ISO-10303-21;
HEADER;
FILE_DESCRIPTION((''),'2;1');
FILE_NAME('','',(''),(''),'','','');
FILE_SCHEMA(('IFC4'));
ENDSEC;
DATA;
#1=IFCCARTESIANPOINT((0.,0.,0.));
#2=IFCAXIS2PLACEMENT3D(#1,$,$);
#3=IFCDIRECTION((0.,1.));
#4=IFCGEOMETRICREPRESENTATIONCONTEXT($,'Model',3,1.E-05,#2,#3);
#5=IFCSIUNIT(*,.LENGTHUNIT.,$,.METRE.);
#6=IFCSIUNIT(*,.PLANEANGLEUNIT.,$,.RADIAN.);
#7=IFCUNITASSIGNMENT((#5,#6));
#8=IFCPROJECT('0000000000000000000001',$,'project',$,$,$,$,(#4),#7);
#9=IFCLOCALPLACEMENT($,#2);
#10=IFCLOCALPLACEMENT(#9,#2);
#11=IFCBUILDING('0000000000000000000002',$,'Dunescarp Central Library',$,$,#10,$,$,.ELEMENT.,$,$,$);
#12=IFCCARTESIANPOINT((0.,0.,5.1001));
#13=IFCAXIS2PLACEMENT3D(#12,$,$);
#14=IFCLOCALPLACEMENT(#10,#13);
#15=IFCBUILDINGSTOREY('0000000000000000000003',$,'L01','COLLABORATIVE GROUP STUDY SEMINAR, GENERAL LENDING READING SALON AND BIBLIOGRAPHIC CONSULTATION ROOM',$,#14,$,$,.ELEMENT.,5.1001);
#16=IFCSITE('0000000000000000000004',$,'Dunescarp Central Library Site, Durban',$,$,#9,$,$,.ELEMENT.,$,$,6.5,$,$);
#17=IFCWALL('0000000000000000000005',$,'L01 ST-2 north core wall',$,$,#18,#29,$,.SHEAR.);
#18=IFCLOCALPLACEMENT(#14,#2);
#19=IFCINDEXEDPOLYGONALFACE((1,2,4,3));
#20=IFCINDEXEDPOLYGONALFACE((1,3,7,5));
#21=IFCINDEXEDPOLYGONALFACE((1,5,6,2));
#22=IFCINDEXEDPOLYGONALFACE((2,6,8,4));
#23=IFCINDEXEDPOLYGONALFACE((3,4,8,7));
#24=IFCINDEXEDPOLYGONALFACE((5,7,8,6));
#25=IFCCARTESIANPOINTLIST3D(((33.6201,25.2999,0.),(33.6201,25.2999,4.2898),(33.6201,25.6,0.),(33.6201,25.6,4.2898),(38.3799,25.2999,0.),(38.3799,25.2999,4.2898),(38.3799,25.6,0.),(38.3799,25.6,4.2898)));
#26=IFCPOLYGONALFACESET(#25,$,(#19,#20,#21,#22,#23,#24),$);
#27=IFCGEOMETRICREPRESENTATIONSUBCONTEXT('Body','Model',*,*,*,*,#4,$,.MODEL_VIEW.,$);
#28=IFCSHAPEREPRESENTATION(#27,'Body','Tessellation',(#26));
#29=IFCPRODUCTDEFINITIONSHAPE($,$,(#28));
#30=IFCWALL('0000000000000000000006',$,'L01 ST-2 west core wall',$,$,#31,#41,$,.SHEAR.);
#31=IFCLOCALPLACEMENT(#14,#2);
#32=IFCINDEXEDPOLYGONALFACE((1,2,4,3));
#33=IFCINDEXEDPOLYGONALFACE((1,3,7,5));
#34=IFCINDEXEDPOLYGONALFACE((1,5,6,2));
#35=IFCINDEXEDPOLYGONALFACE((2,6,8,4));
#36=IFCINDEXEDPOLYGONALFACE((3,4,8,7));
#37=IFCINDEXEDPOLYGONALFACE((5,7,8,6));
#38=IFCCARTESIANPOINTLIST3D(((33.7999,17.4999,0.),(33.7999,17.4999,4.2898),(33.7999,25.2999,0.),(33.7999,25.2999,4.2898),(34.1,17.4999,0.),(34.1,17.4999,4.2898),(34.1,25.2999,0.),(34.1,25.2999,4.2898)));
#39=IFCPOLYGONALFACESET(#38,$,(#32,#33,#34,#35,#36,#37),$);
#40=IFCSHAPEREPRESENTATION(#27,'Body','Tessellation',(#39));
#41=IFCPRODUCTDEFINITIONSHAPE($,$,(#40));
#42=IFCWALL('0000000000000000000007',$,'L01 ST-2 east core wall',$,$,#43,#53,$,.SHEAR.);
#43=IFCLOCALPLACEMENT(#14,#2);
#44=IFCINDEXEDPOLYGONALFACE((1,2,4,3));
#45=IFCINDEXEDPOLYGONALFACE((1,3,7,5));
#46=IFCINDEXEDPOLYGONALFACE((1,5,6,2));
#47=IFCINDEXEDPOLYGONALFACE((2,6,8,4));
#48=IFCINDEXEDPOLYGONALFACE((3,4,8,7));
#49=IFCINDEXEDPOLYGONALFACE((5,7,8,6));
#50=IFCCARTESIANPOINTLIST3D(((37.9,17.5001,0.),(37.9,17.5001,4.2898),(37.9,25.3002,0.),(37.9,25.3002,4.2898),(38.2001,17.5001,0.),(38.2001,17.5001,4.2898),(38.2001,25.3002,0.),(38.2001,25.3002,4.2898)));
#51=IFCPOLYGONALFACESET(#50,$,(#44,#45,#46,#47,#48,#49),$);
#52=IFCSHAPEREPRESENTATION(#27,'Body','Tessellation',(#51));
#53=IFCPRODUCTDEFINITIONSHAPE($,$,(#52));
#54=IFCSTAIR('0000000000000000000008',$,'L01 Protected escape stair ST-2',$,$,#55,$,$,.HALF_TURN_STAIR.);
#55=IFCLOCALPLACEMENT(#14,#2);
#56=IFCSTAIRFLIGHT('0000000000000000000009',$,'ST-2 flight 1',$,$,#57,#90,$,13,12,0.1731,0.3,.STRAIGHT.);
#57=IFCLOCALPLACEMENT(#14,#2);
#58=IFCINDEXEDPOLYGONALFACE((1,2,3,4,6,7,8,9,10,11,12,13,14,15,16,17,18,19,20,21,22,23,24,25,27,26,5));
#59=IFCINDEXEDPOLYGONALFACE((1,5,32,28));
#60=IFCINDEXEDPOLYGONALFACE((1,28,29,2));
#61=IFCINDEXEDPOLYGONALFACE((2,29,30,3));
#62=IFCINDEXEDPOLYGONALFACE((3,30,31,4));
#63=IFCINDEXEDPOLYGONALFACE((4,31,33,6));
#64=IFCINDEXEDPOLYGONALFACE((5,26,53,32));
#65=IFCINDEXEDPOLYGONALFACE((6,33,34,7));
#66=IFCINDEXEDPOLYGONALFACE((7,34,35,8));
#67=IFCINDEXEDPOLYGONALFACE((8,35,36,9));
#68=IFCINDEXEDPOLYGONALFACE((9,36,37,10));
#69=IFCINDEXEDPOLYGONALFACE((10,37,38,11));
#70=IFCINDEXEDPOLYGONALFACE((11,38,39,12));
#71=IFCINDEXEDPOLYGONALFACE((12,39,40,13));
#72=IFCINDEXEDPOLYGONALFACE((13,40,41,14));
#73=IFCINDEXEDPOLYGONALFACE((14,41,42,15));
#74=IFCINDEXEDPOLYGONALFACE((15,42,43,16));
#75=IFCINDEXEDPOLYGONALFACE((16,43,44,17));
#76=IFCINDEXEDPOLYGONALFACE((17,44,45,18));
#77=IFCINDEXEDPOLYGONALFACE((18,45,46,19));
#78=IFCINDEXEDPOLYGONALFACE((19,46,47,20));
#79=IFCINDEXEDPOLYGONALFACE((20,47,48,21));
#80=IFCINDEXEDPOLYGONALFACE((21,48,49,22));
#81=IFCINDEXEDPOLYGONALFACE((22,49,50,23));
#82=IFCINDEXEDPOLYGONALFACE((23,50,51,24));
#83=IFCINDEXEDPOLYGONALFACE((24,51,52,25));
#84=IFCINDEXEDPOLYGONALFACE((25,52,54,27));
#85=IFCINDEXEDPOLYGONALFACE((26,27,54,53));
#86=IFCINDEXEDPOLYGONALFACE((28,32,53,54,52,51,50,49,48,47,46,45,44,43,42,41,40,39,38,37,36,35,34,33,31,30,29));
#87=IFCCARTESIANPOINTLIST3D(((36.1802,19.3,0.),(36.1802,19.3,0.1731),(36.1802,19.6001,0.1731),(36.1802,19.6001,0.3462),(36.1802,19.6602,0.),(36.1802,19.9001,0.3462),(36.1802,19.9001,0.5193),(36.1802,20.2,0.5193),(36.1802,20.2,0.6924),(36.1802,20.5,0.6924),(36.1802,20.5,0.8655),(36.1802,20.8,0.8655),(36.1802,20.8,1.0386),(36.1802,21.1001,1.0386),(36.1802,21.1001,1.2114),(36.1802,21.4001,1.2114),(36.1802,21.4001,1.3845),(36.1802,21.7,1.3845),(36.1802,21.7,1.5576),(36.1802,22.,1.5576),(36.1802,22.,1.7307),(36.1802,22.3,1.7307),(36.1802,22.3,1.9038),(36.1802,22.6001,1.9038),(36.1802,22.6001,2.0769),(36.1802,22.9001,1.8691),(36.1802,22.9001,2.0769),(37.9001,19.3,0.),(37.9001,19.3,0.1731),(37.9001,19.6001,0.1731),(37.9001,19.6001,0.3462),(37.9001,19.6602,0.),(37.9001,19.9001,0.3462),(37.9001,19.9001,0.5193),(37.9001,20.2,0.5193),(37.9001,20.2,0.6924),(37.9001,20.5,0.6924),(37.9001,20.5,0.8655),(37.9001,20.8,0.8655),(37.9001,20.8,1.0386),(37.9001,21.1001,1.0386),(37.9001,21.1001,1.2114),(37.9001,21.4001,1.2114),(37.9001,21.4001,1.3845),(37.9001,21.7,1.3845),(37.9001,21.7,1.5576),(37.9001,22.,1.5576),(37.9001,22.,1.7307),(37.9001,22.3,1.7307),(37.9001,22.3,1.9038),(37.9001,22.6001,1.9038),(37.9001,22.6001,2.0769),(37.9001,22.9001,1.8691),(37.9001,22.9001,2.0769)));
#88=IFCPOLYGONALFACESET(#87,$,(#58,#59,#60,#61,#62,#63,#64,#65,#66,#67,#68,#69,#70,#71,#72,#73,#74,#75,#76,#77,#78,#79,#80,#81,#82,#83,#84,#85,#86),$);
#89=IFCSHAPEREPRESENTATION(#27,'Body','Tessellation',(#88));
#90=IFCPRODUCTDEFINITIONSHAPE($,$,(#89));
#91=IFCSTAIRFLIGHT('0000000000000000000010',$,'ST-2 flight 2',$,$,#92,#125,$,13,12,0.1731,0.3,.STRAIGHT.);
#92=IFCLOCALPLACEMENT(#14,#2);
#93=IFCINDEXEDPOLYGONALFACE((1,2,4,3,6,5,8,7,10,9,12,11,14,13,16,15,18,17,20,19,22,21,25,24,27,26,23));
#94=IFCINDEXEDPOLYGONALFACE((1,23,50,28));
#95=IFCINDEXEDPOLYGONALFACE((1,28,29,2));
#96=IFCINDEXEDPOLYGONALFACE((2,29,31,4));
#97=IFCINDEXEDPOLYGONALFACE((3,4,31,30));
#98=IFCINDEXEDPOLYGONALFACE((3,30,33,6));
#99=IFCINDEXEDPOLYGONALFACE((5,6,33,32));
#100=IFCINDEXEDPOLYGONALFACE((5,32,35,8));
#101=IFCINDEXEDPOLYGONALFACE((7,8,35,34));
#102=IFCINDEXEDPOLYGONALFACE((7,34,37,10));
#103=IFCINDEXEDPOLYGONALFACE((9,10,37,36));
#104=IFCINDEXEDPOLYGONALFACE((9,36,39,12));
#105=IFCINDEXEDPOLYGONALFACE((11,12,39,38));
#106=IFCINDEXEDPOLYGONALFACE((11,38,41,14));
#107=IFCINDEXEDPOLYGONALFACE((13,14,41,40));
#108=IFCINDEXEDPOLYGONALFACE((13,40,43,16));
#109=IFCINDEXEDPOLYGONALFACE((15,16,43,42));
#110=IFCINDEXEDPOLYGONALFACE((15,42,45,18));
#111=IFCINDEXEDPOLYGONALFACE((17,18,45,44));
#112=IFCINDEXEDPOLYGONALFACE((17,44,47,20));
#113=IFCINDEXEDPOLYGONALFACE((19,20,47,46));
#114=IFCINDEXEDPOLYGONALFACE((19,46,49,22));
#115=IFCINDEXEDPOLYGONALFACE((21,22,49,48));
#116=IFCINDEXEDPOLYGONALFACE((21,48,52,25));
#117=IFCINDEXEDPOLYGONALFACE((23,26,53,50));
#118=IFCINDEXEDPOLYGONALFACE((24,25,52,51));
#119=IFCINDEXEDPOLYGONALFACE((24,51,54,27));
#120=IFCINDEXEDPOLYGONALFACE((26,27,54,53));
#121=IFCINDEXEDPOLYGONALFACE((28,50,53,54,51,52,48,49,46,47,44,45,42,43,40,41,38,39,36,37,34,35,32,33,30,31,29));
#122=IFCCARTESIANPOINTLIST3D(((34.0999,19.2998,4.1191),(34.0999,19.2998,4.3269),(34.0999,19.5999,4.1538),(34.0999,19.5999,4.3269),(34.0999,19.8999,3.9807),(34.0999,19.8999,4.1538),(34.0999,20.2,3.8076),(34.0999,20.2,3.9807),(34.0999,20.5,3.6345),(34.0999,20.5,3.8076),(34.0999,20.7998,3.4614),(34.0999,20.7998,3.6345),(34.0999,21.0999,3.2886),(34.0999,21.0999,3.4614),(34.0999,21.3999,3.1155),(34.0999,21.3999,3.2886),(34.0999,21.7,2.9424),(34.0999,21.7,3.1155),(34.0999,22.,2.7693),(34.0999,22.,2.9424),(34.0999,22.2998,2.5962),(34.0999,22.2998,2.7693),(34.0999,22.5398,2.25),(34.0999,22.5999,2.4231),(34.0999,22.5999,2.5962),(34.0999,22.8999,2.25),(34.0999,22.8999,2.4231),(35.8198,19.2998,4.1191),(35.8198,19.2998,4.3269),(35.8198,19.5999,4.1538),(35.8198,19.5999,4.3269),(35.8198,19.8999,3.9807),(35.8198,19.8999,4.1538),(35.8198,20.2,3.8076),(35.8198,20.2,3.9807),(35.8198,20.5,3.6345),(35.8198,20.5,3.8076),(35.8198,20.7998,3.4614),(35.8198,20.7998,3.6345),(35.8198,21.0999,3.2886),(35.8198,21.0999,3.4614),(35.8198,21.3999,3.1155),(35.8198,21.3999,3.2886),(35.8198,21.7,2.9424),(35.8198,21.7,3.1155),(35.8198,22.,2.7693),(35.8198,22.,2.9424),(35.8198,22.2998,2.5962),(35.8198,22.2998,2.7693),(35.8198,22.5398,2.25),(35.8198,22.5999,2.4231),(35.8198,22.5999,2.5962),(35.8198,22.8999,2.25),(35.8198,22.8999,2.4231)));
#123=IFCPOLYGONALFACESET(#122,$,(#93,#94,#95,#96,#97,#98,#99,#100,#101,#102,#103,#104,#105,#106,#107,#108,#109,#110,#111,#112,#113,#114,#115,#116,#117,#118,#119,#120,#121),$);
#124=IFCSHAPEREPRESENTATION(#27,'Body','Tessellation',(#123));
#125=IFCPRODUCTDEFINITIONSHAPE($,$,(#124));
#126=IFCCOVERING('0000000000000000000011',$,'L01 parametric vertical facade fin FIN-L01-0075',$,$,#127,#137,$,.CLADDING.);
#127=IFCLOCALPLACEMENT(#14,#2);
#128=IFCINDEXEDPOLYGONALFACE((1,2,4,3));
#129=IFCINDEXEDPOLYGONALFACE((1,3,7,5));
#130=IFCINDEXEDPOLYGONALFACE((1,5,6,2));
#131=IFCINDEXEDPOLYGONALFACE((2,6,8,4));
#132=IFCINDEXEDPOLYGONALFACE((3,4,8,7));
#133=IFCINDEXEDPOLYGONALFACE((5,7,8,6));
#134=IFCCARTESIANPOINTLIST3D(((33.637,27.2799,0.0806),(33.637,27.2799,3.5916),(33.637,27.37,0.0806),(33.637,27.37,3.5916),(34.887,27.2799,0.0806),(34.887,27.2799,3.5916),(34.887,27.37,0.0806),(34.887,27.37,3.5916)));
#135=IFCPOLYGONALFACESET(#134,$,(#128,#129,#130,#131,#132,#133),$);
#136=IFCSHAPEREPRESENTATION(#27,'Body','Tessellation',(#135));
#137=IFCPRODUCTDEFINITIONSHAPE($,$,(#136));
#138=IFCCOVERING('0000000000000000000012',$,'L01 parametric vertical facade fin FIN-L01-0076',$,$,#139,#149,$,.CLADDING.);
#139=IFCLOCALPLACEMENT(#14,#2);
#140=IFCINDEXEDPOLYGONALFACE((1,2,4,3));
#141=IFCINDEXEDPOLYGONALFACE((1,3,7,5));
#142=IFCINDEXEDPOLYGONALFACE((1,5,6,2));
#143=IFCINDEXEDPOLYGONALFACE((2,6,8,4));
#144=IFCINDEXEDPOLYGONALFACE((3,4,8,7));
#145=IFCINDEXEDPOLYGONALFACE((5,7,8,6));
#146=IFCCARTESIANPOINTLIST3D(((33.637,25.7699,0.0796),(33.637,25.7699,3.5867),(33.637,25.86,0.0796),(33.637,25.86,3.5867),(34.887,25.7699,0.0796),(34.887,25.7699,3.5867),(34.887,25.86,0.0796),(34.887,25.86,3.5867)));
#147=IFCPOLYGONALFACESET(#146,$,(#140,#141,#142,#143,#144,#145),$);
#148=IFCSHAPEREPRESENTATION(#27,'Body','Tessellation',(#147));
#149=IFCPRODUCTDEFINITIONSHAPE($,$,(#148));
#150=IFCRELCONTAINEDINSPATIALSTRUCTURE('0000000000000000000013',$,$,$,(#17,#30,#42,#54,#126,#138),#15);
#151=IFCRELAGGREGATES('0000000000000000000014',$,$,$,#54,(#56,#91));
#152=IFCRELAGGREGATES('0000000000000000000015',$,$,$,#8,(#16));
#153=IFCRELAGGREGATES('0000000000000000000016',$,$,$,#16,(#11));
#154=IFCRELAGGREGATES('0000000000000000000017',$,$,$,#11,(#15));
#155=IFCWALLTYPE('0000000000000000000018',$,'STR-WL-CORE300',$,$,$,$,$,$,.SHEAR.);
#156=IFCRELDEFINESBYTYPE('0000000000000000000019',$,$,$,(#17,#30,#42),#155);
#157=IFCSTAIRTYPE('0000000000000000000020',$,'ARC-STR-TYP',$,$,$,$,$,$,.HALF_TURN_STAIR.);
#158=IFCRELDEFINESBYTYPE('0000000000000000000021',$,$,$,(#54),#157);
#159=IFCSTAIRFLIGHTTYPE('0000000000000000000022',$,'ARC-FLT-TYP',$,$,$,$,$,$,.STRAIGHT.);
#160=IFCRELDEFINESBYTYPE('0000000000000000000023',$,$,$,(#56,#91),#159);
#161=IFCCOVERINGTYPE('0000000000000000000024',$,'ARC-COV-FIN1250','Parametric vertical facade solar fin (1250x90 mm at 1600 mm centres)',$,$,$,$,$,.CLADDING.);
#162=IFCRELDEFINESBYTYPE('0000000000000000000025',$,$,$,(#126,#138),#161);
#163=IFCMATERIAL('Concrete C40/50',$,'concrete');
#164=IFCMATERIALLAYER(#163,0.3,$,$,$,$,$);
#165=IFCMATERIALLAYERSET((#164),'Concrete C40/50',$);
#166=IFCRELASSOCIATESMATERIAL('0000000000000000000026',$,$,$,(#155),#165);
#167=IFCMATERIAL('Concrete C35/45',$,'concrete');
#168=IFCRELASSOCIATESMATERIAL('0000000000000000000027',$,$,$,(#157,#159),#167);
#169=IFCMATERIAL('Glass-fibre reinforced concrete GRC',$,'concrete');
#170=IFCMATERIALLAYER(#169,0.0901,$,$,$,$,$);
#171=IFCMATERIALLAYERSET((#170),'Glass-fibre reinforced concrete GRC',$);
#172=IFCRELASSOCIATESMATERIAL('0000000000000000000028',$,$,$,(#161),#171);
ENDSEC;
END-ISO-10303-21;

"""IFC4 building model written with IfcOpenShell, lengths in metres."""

from ifc_helpers import new_model, si_unit, direction, frame, frame_2d, origin, origin_2d, place, context, subcontext, project, spatial, polyline, rectangle, outline, extrude, material, layer, layer_set, type_object, element, aggregate, save


model = new_model("IFC4")

# Units and contexts
model_context = context("Model", 3, precision=1e-05, world=origin(), true_north=direction((0.0, 1.0)))
body_context = subcontext(model_context, "Body", "Model", "MODEL_VIEW")
ifc_project = project(units=[si_unit("LENGTHUNIT", "METRE"), si_unit("PLANEANGLEUNIT", "RADIAN")], contexts=[model_context])

# Site, building, storey
site_placement = place(None, origin())
site = spatial("IfcSite", under=ifc_project, at=site_placement, Name="Dunescarp Central Library Site, Durban", CompositionType="ELEMENT", RefElevation=6.5)
building_placement = place(site_placement, origin())
building = spatial("IfcBuilding", under=site, at=building_placement, Name="Dunescarp Central Library", CompositionType="ELEMENT")
storey_placement = place(building_placement, frame((0.0, 0.0, 5.1001)))
storey = spatial("IfcBuildingStorey", under=building, at=storey_placement, Name="L01", Description="COLLABORATIVE GROUP STUDY SEMINAR, GENERAL LENDING READING SALON AND BIBLIOGRAPHIC CONSULTATION ROOM", CompositionType="ELEMENT", Elevation=5.1001)

# Shared definitions
ifc_material_1 = material(Name="Concrete C40/50", Category="concrete")
ifc_layer_1 = layer(ifc_material_1, 0.3)
ifc_layer_set_1 = layer_set([ifc_layer_1], Name="Concrete C40/50")
wall_type = type_object("IfcWallType", Name="STR-WL-CORE300", PredefinedType="SHEAR", material=ifc_layer_set_1)

# Walls
wall_1_placement = place(storey_placement, frame((33.6201, 25.45, 0.0), z_axis=(0.0, 0.0, 1.0), x_axis=(1.0, 0.0, 0.0)))
element("IfcWall", 1, at=wall_1_placement, inside=storey, type_object=wall_type, Name="L01 ST-2 north core wall", PredefinedType="SHEAR", context=body_context, shape_type="SweptSolid", body=[
    extrude(rectangle(XDim=4.7598, YDim=0.3, at=frame_2d((2.3799, 0.0))), origin(), (0.0, 0.0, 1.0), 4.2898),
])
for number, where, z_axis, x_axis, name in (
    (2, (33.95, 17.5, 0.0), (0.0, 0.0, 1.0), (0.0, 1.0, 0.0), "L01 ST-2 west core wall"),
    (3, (38.05, 25.3, 0.0), (0.0, 0.0, 1.0), (0.0, -1.0, 0.0), "L01 ST-2 east core wall"),
):
    element("IfcWall", number, at=place(storey_placement, frame(where, z_axis=z_axis, x_axis=x_axis)), inside=storey, type_object=wall_type, Name=name, PredefinedType="SHEAR", context=body_context, shape_type="SweptSolid", body=[
        extrude(rectangle(XDim=7.8, YDim=0.3, at=frame_2d((3.8999, 0.0))), origin(), (0.0, 0.0, 1.0), 4.2898),
    ])

# Stair, stair flights
ifc_material_2 = material(Name="Concrete C35/45", Category="concrete")
stair_type = type_object("IfcStairType", Name="ARC-STR-TYP", PredefinedType="HALF_TURN_STAIR", material=ifc_material_2)
stair_placement = place(storey_placement, origin())
stair = element("IfcStair", 4, at=stair_placement, inside=storey, type_object=stair_type, Name="L01 Protected escape stair ST-2", PredefinedType="HALF_TURN_STAIR")
stair_flight_type = type_object("IfcStairFlightType", Name="ARC-FLT-TYP", PredefinedType="STRAIGHT", material=ifc_material_2)
stair_flight_1_placement = place(storey_placement, frame((37.04, 19.3, 0.0), z_axis=(0.0, 0.0, 1.0), x_axis=(0.0, 1.0, 0.0)))
stair_flight_1 = element("IfcStairFlight", 5, at=stair_flight_1_placement, type_object=stair_flight_type, Name="ST-2 flight 1", NumberOfRisers=13, NumberOfTreads=12, PredefinedType="STRAIGHT", RiserHeight=0.1731, TreadLength=0.3, context=body_context, shape_type="SweptSolid", body=[
    extrude(outline(polyline([(0.0, 0.0), (0.0, 0.1731), (0.3, 0.1731), (0.3, 0.3462), (0.6001, 0.3462), (0.6001, 0.5193), (0.8999, 0.5193), (0.8999, 0.6924), (1.2, 0.6924), (1.2, 0.8655), (1.5, 0.8655), (1.5, 1.0386), (1.8, 1.0386), (1.8, 1.2114), (2.1001, 1.2114), (2.1001, 1.3845), (2.3999, 1.3845), (2.3999, 1.5576), (2.7, 1.5576), (2.7, 1.7307), (3.0, 1.7307), (3.0, 1.9038), (3.3, 1.9038), (3.3, 2.0769), (3.6001, 2.0769), (3.6001, 2.25), (3.6001, 1.8691), (0.3601, 0.0), (0.0, 0.0)])), frame((0.0, 0.8599, 0.0), z_axis=(0.0, -1.0, 0.0), x_axis=(1.0, 0.0, 0.0)), (0.0, 0.0, 1.0), 1.72),
])
stair_flight_2_placement = place(storey_placement, frame((34.96, 22.8999, 2.25), z_axis=(0.0, 0.0, 1.0), x_axis=(0.0, -1.0, 0.0)))
stair_flight_2 = element("IfcStairFlight", 6, at=stair_flight_2_placement, type_object=stair_flight_type, Name="ST-2 flight 2", NumberOfRisers=13, NumberOfTreads=12, PredefinedType="STRAIGHT", RiserHeight=0.1731, TreadLength=0.3, context=body_context, shape_type="SweptSolid", body=[
    extrude(outline(polyline([(0.0, 0.0), (0.0, 0.1731), (0.3, 0.1731), (0.3, 0.3462), (0.6001, 0.3462), (0.6001, 0.5193), (0.8999, 0.5193), (0.8999, 0.6924), (1.2, 0.6924), (1.2, 0.8655), (1.5, 0.8655), (1.5, 1.0386), (1.8, 1.0386), (1.8, 1.2114), (2.1001, 1.2114), (2.1001, 1.3845), (2.3999, 1.3845), (2.3999, 1.5576), (2.7, 1.5576), (2.7, 1.7307), (3.0, 1.7307), (3.0, 1.9038), (3.3, 1.9038), (3.3, 2.0769), (3.6001, 2.0769), (3.6001, 2.25), (3.6001, 1.8691), (0.3601, 0.0), (0.0, 0.0)])), frame((0.0, 0.8599, 0.0), z_axis=(0.0, -1.0, 0.0), x_axis=(1.0, 0.0, 0.0)), (0.0, 0.0, 1.0), 1.72),
])
aggregate(stair, [stair_flight_1, stair_flight_2])

# Coverings
ifc_material_3 = material(Name="Glass-fibre reinforced concrete GRC", Category="concrete")
ifc_layer_2 = layer(ifc_material_3, 0.0901)
ifc_layer_set_2 = layer_set([ifc_layer_2], Name="Glass-fibre reinforced concrete GRC")
covering_type = type_object("IfcCoveringType", Name="ARC-COV-FIN1250", Description="Parametric vertical facade solar fin (1250x90 mm at 1600 mm centres)", PredefinedType="CLADDING", material=ifc_layer_set_2)
covering_1_placement = place(storey_placement, frame((34.262, 27.325, 0.0806), z_axis=(0.0, 0.0, 1.0), x_axis=(1.0, 0.0, 0.0)))
element("IfcCovering", 7, at=covering_1_placement, inside=storey, type_object=covering_type, Name="L01 parametric vertical facade fin FIN-L01-0075", PredefinedType="CLADDING", context=body_context, shape_type="SweptSolid", body=[
    extrude(rectangle(XDim=1.25, YDim=0.0901, at=origin_2d()), origin(), (0.0, 0.0, 1.0), 3.511),
])
covering_2_placement = place(storey_placement, frame((34.262, 25.8149, 0.0796), z_axis=(0.0, 0.0, 1.0), x_axis=(1.0, 0.0, 0.0)))
element("IfcCovering", 8, at=covering_2_placement, inside=storey, type_object=covering_type, Name="L01 parametric vertical facade fin FIN-L01-0076", PredefinedType="CLADDING", context=body_context, shape_type="SweptSolid", body=[
    extrude(rectangle(XDim=1.25, YDim=0.0901, at=origin_2d()), origin(), (0.0, 0.0, 1.0), 3.5071),
])

save(model, "model.ifc")
